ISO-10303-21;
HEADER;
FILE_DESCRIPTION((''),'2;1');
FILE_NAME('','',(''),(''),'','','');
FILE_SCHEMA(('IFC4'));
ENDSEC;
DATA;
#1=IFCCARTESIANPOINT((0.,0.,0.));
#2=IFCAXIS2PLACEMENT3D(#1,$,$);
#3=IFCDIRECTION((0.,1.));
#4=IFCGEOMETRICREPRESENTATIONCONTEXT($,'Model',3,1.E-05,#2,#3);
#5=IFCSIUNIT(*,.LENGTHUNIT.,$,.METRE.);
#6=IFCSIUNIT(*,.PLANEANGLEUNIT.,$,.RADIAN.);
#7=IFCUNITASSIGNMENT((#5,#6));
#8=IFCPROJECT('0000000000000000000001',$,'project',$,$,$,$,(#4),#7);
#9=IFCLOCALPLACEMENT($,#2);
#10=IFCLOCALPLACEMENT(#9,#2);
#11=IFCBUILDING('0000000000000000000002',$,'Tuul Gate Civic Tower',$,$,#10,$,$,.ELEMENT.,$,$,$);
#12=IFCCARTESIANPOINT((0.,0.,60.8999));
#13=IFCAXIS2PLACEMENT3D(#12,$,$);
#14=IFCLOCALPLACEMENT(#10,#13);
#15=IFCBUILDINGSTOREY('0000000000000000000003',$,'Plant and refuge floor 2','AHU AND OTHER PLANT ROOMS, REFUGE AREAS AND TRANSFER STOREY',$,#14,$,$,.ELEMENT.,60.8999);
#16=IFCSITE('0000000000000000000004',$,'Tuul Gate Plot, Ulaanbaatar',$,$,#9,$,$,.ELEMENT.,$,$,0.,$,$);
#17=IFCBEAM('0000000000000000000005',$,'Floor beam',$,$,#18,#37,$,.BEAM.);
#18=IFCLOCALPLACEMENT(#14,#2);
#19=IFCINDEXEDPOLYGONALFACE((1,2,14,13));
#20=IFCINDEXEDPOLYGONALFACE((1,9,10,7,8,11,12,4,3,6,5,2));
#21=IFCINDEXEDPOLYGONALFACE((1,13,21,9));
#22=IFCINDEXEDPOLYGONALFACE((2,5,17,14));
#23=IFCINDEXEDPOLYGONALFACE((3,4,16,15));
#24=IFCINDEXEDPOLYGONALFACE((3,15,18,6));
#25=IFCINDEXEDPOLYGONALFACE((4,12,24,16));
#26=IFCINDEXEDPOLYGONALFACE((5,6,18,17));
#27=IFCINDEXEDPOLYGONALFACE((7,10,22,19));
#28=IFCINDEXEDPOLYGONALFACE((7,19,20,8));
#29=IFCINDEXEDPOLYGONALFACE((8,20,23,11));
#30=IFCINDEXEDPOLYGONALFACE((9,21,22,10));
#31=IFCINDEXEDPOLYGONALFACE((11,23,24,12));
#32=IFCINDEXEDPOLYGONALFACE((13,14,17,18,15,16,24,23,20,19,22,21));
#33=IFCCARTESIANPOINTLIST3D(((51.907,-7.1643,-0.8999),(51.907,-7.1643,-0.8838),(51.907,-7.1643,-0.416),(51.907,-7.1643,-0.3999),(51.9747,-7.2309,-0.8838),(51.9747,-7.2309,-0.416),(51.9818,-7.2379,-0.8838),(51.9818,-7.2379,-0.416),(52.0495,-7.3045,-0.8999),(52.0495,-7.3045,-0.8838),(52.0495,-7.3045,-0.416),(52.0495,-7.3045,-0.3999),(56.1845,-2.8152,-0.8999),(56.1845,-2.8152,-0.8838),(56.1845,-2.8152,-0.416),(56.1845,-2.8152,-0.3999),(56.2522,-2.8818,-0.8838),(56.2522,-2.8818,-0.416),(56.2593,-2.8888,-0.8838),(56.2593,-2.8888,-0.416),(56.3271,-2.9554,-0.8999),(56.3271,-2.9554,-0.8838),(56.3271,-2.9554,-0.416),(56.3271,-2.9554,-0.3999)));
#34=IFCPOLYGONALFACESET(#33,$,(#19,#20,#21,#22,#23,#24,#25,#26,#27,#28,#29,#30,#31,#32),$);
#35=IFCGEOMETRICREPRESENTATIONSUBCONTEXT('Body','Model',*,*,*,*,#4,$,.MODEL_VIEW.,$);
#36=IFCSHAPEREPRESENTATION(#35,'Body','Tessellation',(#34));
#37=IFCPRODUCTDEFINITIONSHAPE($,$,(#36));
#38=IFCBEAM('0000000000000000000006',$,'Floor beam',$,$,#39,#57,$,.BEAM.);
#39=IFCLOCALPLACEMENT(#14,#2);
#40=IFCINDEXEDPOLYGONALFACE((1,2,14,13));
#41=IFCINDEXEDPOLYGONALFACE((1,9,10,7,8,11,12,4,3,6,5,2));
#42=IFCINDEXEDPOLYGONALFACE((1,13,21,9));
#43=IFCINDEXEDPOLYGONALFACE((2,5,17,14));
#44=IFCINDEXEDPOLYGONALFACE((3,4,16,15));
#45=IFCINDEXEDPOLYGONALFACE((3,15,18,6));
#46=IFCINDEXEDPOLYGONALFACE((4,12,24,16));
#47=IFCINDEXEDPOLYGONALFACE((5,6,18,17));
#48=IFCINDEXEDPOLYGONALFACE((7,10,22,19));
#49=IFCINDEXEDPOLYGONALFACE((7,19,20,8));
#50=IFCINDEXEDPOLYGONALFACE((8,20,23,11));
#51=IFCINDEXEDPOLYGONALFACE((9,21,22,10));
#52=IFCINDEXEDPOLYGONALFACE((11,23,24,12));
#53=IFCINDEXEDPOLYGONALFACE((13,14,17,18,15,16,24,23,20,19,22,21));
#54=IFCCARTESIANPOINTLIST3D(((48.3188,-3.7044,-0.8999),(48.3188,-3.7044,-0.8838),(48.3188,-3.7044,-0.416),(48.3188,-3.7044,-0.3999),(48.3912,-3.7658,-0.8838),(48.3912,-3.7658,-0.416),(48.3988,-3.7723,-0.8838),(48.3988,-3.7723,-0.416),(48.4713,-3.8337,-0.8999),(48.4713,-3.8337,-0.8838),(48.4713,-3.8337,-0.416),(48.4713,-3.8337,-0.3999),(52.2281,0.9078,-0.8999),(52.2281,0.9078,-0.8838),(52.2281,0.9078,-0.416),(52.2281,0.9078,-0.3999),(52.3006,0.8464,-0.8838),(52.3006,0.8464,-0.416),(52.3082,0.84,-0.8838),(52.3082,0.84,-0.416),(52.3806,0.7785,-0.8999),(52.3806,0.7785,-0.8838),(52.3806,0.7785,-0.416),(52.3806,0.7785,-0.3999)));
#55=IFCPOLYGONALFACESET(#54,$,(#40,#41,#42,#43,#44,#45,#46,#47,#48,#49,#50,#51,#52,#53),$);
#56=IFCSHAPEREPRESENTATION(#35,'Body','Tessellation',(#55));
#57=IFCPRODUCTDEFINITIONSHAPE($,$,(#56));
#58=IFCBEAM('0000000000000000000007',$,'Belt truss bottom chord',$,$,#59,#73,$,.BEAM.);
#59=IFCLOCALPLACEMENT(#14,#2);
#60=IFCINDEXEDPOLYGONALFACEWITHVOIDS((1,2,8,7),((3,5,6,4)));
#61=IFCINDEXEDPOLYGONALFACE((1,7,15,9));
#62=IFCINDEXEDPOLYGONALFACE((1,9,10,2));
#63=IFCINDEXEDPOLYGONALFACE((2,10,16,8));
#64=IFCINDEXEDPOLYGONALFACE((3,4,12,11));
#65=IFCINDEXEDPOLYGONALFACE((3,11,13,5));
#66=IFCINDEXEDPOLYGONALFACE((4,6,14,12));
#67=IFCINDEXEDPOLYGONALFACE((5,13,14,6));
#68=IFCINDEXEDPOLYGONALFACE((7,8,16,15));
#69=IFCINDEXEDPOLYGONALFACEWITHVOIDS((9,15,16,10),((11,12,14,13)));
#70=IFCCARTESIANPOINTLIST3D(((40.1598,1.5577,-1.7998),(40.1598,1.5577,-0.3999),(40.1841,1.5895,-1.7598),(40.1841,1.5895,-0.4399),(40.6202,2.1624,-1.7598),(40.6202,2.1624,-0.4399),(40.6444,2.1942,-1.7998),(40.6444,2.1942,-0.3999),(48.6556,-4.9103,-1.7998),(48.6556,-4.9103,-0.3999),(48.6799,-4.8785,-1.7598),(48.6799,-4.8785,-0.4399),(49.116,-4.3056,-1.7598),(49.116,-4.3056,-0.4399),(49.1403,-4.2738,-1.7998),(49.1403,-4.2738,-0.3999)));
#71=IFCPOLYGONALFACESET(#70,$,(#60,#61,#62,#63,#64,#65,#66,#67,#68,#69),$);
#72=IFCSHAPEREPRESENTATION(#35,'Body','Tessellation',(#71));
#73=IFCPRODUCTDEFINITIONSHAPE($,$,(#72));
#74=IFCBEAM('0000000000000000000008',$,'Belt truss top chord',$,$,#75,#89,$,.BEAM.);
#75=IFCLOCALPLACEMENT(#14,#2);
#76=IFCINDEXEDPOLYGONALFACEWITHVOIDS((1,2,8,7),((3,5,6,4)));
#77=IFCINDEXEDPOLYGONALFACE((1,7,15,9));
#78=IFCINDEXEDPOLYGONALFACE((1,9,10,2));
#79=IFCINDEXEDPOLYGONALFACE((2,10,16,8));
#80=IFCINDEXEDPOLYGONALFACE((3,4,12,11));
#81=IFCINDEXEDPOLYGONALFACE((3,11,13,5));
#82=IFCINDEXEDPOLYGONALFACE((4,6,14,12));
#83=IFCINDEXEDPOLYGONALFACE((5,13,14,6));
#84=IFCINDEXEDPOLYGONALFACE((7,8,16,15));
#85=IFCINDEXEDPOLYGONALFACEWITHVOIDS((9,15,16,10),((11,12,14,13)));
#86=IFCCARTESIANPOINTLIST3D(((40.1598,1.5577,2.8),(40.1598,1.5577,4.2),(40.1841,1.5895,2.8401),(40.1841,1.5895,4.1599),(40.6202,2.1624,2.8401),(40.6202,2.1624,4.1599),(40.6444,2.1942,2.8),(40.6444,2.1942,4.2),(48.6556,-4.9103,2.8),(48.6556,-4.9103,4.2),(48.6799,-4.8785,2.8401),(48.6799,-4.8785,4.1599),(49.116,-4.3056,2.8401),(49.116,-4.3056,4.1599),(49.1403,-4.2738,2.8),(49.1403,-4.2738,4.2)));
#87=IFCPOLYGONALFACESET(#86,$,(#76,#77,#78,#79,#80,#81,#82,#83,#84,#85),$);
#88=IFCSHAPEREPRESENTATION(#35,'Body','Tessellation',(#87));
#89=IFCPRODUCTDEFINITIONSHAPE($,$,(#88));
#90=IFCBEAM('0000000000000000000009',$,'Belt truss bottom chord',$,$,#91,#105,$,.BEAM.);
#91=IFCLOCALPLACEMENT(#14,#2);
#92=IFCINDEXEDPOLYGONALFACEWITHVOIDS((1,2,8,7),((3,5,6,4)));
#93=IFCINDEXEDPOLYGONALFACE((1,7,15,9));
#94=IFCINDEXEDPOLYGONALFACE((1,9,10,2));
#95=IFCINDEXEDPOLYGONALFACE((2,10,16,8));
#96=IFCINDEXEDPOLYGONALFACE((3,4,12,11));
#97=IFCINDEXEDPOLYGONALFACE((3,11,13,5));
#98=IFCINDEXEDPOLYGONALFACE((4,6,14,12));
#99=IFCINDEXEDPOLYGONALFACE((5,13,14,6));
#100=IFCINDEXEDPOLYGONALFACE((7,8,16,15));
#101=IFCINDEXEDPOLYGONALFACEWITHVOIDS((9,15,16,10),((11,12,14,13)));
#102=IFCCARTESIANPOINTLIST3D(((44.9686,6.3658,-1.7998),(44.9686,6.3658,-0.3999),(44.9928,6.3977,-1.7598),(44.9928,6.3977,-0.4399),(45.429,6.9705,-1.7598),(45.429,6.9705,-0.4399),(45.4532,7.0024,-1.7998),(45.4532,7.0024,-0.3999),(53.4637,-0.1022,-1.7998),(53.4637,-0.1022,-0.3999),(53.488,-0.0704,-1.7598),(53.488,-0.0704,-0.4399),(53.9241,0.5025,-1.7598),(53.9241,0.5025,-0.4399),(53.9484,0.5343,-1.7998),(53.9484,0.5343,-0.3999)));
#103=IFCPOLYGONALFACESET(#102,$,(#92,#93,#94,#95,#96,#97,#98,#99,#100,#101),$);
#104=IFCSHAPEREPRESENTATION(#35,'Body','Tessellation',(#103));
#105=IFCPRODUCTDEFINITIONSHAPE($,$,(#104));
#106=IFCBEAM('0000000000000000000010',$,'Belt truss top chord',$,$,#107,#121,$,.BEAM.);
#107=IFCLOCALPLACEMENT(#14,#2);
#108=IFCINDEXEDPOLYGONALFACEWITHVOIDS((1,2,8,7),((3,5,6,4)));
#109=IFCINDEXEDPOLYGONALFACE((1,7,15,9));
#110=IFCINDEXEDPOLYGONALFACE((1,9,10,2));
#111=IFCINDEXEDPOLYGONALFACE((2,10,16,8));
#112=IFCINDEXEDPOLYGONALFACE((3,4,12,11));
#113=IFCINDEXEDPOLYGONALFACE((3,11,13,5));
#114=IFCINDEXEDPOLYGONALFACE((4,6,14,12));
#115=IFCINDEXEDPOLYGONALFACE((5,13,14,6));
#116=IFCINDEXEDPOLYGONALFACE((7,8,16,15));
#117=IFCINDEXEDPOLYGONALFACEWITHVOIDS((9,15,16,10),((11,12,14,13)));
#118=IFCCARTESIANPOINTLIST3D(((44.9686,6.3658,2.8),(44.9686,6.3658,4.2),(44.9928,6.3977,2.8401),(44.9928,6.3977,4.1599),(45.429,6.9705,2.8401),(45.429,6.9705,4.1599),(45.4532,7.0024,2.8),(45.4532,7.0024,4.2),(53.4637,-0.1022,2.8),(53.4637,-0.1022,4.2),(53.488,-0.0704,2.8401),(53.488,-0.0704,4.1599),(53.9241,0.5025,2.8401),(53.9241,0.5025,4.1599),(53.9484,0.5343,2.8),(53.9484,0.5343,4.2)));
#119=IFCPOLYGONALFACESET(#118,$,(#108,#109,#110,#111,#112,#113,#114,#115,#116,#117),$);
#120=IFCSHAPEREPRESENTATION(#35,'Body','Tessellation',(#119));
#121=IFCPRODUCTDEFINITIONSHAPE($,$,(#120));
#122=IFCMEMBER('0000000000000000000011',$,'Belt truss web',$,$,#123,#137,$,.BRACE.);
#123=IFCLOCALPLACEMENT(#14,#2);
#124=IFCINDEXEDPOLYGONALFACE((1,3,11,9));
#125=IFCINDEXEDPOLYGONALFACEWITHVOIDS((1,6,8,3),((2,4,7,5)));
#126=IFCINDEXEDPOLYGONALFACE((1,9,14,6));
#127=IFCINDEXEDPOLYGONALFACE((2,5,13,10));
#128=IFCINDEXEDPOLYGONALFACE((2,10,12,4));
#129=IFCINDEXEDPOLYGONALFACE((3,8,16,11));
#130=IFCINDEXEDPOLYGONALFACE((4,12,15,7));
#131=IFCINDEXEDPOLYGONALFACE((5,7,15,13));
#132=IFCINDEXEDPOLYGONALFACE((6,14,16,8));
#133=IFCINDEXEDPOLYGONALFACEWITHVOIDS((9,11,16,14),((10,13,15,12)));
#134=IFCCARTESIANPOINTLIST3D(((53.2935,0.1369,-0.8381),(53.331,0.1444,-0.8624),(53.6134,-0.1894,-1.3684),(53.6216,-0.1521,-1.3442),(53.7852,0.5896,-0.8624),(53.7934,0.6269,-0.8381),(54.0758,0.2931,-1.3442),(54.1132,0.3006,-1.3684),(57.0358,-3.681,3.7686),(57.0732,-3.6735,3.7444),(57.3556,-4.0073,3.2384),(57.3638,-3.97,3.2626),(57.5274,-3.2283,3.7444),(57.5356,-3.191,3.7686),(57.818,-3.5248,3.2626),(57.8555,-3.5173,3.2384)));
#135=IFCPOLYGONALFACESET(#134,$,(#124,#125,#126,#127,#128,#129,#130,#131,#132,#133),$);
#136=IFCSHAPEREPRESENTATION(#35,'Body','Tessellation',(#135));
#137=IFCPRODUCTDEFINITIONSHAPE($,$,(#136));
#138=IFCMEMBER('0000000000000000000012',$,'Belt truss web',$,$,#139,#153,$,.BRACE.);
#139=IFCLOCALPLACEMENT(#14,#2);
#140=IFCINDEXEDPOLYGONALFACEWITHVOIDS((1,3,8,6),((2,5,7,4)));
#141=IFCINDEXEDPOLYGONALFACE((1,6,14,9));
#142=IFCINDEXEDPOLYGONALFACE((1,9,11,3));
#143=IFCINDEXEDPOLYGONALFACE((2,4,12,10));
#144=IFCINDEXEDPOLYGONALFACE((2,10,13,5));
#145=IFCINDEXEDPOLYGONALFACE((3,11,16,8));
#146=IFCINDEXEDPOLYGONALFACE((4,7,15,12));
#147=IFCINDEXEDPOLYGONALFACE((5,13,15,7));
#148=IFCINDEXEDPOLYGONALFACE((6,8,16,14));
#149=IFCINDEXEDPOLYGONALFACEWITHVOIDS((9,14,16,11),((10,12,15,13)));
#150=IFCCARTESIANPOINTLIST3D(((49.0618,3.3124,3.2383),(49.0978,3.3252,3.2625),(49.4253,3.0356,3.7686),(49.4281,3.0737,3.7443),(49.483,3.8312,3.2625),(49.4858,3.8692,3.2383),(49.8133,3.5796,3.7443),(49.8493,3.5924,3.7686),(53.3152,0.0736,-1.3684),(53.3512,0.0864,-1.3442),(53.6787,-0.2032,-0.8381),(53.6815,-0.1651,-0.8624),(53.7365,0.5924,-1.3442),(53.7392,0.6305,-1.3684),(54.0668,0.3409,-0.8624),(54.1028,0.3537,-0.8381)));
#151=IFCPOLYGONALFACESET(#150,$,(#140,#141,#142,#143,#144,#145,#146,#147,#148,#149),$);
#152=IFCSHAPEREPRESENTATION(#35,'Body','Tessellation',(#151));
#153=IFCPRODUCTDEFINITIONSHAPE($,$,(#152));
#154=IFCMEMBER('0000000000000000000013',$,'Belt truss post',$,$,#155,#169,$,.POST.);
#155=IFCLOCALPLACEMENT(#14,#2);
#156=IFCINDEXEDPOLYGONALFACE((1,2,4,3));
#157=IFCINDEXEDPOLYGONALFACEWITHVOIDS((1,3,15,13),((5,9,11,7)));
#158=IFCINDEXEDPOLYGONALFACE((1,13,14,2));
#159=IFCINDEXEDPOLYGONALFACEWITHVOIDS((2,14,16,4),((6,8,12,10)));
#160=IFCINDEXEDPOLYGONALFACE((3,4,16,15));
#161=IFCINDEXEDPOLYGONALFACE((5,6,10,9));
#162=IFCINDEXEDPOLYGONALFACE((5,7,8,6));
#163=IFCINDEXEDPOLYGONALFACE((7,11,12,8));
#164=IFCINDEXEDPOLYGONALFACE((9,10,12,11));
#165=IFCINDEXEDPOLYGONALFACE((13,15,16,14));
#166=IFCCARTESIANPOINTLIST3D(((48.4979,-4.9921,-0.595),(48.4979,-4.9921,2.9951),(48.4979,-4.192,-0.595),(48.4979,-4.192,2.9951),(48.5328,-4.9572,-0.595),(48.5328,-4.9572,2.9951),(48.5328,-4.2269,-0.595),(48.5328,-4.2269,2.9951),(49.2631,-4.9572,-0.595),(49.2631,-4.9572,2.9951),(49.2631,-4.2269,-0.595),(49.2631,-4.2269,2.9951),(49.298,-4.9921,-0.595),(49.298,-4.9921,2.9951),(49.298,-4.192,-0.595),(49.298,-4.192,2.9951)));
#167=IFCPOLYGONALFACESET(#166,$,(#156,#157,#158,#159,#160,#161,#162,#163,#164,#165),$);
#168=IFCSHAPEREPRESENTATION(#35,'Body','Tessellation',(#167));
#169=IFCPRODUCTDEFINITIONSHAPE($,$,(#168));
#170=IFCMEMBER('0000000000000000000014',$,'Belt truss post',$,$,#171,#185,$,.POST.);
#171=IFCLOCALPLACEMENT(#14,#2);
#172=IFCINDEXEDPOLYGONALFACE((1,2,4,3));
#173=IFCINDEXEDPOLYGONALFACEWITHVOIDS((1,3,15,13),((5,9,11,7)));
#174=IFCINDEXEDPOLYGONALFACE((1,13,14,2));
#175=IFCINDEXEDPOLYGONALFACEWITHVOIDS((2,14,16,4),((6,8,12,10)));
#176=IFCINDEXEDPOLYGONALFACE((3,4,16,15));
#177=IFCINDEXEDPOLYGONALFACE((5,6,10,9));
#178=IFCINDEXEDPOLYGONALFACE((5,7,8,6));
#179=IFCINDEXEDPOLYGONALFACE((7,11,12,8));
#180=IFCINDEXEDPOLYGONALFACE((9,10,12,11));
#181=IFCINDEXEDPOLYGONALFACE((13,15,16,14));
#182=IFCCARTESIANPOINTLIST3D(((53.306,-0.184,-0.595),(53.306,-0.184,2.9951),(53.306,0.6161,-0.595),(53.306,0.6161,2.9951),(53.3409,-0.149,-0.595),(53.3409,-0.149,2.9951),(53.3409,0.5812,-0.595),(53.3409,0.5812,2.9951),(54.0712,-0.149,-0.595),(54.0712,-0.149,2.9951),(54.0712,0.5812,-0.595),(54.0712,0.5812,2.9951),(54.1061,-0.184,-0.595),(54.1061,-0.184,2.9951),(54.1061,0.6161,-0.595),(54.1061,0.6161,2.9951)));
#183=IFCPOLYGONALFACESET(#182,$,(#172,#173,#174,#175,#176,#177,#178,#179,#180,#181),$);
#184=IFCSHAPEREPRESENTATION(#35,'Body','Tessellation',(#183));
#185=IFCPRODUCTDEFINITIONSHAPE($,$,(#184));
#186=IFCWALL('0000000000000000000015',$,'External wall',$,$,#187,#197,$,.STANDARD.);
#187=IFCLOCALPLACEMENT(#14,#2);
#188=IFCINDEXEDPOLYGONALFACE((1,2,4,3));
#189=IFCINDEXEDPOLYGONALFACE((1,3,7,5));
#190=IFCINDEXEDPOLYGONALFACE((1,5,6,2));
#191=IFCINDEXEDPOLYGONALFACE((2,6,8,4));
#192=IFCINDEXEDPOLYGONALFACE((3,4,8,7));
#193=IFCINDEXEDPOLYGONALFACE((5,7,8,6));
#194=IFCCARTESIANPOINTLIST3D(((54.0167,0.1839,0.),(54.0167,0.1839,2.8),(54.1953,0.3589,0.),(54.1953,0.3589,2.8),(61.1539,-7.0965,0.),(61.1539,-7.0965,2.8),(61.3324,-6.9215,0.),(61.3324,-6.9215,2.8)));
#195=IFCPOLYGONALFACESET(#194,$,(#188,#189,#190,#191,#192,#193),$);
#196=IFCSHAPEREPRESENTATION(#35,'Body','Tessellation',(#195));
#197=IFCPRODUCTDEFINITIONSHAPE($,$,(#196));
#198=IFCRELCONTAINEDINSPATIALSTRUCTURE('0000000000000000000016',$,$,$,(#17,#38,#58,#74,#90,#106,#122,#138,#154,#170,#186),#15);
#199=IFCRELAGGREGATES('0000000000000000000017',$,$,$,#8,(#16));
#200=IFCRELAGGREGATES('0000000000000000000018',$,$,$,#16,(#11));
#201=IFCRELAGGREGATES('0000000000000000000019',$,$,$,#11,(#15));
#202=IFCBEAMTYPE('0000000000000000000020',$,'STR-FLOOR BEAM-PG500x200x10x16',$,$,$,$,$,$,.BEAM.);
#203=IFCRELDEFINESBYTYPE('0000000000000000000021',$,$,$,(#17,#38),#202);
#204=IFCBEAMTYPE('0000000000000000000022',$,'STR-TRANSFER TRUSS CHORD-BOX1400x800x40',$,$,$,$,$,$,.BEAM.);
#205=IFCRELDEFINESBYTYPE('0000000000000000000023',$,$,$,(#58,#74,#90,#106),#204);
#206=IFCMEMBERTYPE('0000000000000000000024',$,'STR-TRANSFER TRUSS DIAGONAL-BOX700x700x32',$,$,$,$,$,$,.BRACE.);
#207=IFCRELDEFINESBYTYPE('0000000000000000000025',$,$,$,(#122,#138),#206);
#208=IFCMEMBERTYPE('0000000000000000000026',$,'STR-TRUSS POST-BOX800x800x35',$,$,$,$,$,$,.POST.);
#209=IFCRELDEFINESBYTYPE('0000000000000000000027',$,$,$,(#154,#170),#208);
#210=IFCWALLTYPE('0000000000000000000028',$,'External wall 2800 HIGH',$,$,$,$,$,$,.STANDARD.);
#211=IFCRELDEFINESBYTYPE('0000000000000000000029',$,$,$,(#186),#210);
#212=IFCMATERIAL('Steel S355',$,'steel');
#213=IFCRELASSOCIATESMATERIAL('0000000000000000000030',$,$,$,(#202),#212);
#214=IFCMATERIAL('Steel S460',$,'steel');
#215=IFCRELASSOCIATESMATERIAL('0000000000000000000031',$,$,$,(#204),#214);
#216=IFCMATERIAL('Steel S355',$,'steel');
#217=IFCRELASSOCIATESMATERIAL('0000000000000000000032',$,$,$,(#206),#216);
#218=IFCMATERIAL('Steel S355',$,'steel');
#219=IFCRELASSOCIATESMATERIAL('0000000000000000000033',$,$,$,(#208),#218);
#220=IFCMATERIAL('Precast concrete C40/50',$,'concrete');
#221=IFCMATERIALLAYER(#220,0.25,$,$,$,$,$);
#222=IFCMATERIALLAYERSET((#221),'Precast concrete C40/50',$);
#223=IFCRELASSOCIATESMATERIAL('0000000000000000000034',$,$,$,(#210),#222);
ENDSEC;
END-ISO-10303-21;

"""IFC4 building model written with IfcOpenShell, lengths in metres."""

from ifc_helpers import new_model, si_unit, direction, frame, frame_2d, origin, origin_2d, place, context, subcontext, project, spatial, rectangle, hollow_rectangle, i_section, extrude, material, layer, layer_set, material_profile, profile_set, type_object, element, save


model = new_model("IFC4")

# Units and contexts
model_context = context("Model", 3, precision=1e-05, world=origin(), true_north=direction((0.0, 1.0)))
body_context = subcontext(model_context, "Body", "Model", "MODEL_VIEW")
ifc_project = project(units=[si_unit("LENGTHUNIT", "METRE"), si_unit("PLANEANGLEUNIT", "RADIAN")], contexts=[model_context])

# Site, building, storey
site_placement = place(None, origin())
site = spatial("IfcSite", under=ifc_project, at=site_placement, Name="Tuul Gate Plot, Ulaanbaatar", CompositionType="ELEMENT", RefElevation=0.0)
building_placement = place(site_placement, origin())
building = spatial("IfcBuilding", under=site, at=building_placement, Name="Tuul Gate Civic Tower", CompositionType="ELEMENT")
storey_placement = place(building_placement, frame((0.0, 0.0, 60.8999)))
storey = spatial("IfcBuildingStorey", under=building, at=storey_placement, Name="Plant and refuge floor 2", Description="AHU AND OTHER PLANT ROOMS, REFUGE AREAS AND TRANSFER STOREY", CompositionType="ELEMENT", Elevation=60.8999)

# Beams
ifc_material_1 = material(Name="Steel S355", Category="steel")
ifc_material_profile_1 = material_profile(ifc_material_1, i_section(OverallWidth=0.2, OverallDepth=0.5, WebThickness=0.01, FlangeThickness=0.0161, at=origin_2d()), Name="PG500x200x10x16")
ifc_profile_set_1 = profile_set([ifc_material_profile_1], Name="Steel S355")
beam_type_1 = type_object("IfcBeamType", Name="STR-FLOOR BEAM-PG500x200x10x16", PredefinedType="BEAM", material=ifc_profile_set_1)
beam_1_placement = place(storey_placement, frame((51.9783, -7.2344, -0.6499), z_axis=(0.701219, 0.712946, 0.0), x_axis=(-0.712946, 0.701219, 0.0)))
element("IfcBeam", 1, at=beam_1_placement, inside=storey, type_object=beam_type_1, Name="Floor beam", PredefinedType="BEAM", context=body_context, shape_type="SweptSolid", body=[
    extrude(i_section(OverallWidth=0.2, OverallDepth=0.5, WebThickness=0.01, FlangeThickness=0.0161, at=origin_2d()), origin(), (0.0, 0.0, 1.0), 6.1001),
])
beam_2_placement = place(storey_placement, frame((48.395, -3.769, -0.6499), z_axis=(0.646588, 0.762839, 0.0), x_axis=(-0.762839, 0.646588, 0.0)))
element("IfcBeam", 2, at=beam_2_placement, inside=storey, type_object=beam_type_1, Name="Floor beam", PredefinedType="BEAM", context=body_context, shape_type="SweptSolid", body=[
    extrude(i_section(OverallWidth=0.2, OverallDepth=0.5, WebThickness=0.01, FlangeThickness=0.0161, at=origin_2d()), origin(), (0.0, 0.0, 1.0), 6.0461),
])
ifc_material_2 = material(Name="Steel S460", Category="steel")
ifc_material_profile_2 = material_profile(ifc_material_2, hollow_rectangle(XDim=0.8, YDim=1.3999, WallThickness=0.04, at=origin_2d()), Name="BOX1400x800x40")
ifc_profile_set_2 = profile_set([ifc_material_profile_2], Name="Steel S460")
beam_type_2 = type_object("IfcBeamType", Name="STR-TRANSFER TRUSS CHORD-BOX1400x800x40", PredefinedType="BEAM", material=ifc_profile_set_2)
for number, where, z_axis, x_axis, name in (
    (3, (48.8979, -4.592, -1.0999), (-0.795658, 0.605746, 0.0), (-0.605746, -0.795658, 0.0), "Belt truss bottom chord"),
    (4, (48.8979, -4.592, 3.5), (-0.795658, 0.605746, 0.0), (-0.605746, -0.795658, 0.0), "Belt truss top chord"),
):
    element("IfcBeam", number, at=place(storey_placement, frame(where, z_axis=z_axis, x_axis=x_axis)), inside=storey, type_object=beam_type_2, Name=name, PredefinedType="BEAM", context=body_context, shape_type="SweptSolid", body=[
        extrude(hollow_rectangle(XDim=0.8, YDim=1.3999, WallThickness=0.04, at=origin_2d()), origin(), (0.0, 0.0, 1.0), 10.6777),
    ])
for number, where, z_axis, x_axis, name in (
    (5, (53.7061, 0.2161, -1.0999), (-0.795633, 0.605779, 0.0), (-0.605779, -0.795633, 0.0), "Belt truss bottom chord"),
    (6, (53.7061, 0.2161, 3.5), (-0.795633, 0.605779, 0.0), (-0.605779, -0.795633, 0.0), "Belt truss top chord"),
):
    element("IfcBeam", number, at=place(storey_placement, frame(where, z_axis=z_axis, x_axis=x_axis)), inside=storey, type_object=beam_type_2, Name=name, PredefinedType="BEAM", context=body_context, shape_type="SweptSolid", body=[
        extrude(hollow_rectangle(XDim=0.8, YDim=1.3999, WallThickness=0.04, at=origin_2d()), origin(), (0.0, 0.0, 1.0), 10.6772),
    ])

# Members
ifc_material_3 = material(Name="Steel S355", Category="steel")
ifc_material_profile_3 = material_profile(ifc_material_3, hollow_rectangle(XDim=0.7, YDim=0.7, WallThickness=0.032, at=origin_2d()), Name="BOX700x700x32")
ifc_profile_set_3 = profile_set([ifc_material_profile_3], Name="Steel S355")
member_type_1 = type_object("IfcMemberType", Name="STR-TRANSFER TRUSS DIAGONAL-BOX700x700x32", PredefinedType="BRACE", material=ifc_profile_set_3)
for number, where, z_axis, x_axis, name in (
    (7, (53.7034, 0.2188, -1.1033), (0.530278, -0.541002, 0.65278), (0.71415, 0.699993, 0.0), "Belt truss web"),
    (8, (53.709, 0.2136, -1.1033), (-0.602714, 0.458937, 0.652773), (-0.605815, -0.795606, 0.0), "Belt truss web"),
):
    element("IfcMember", number, at=place(storey_placement, frame(where, z_axis=z_axis, x_axis=x_axis)), inside=storey, type_object=member_type_1, Name=name, PredefinedType="BRACE", context=body_context, shape_type="SweptSolid", body=[
        extrude(hollow_rectangle(XDim=0.7, YDim=0.7, WallThickness=0.032, at=origin_2d()), origin(), (0.0, 0.0, 1.0), 7.0571),
    ])
ifc_material_4 = material(Name="Steel S355", Category="steel")
ifc_material_profile_4 = material_profile(ifc_material_4, hollow_rectangle(XDim=0.8, YDim=0.8, WallThickness=0.0349, at=origin_2d()), Name="BOX800x800x35")
ifc_profile_set_4 = profile_set([ifc_material_profile_4], Name="Steel S355")
member_type_2 = type_object("IfcMemberType", Name="STR-TRUSS POST-BOX800x800x35", PredefinedType="POST", material=ifc_profile_set_4)
for number, where, z_axis, x_axis, name in (
    (9, (48.8979, -4.592, -0.595), (0.0, 0.0, 1.0), (1.0, 0.0, 0.0), "Belt truss post"),
    (10, (53.7061, 0.2161, -0.595), (0.0, 0.0, 1.0), (1.0, 0.0, 0.0), "Belt truss post"),
):
    element("IfcMember", number, at=place(storey_placement, frame(where, z_axis=z_axis, x_axis=x_axis)), inside=storey, type_object=member_type_2, Name=name, PredefinedType="POST", context=body_context, shape_type="SweptSolid", body=[
        extrude(hollow_rectangle(XDim=0.8, YDim=0.8, WallThickness=0.0349, at=origin_2d()), origin(), (0.0, 0.0, 1.0), 3.5901),
    ])

# Wall
ifc_material_5 = material(Name="Precast concrete C40/50", Category="concrete")
ifc_layer_1 = layer(ifc_material_5, 0.25)
ifc_layer_set_1 = layer_set([ifc_layer_1], Name="Precast concrete C40/50")
wall_type_1 = type_object("IfcWallType", Name="External wall 2800 HIGH", PredefinedType="STANDARD", material=ifc_layer_set_1)
wall_1_placement = place(storey_placement, frame((61.2432, -7.009, 0.0), z_axis=(0.0, 0.0, 1.0), x_axis=(-0.700044, 0.7141, 0.0)))
element("IfcWall", 11, at=wall_1_placement, inside=storey, type_object=wall_type_1, Name="External wall", PredefinedType="STANDARD", context=body_context, shape_type="SweptSolid", body=[
    extrude(rectangle(XDim=10.1953, YDim=0.25, at=frame_2d((5.0977, 0.0))), origin(), (0.0, 0.0, 1.0), 2.8),
])

save(model, "model.ifc")
